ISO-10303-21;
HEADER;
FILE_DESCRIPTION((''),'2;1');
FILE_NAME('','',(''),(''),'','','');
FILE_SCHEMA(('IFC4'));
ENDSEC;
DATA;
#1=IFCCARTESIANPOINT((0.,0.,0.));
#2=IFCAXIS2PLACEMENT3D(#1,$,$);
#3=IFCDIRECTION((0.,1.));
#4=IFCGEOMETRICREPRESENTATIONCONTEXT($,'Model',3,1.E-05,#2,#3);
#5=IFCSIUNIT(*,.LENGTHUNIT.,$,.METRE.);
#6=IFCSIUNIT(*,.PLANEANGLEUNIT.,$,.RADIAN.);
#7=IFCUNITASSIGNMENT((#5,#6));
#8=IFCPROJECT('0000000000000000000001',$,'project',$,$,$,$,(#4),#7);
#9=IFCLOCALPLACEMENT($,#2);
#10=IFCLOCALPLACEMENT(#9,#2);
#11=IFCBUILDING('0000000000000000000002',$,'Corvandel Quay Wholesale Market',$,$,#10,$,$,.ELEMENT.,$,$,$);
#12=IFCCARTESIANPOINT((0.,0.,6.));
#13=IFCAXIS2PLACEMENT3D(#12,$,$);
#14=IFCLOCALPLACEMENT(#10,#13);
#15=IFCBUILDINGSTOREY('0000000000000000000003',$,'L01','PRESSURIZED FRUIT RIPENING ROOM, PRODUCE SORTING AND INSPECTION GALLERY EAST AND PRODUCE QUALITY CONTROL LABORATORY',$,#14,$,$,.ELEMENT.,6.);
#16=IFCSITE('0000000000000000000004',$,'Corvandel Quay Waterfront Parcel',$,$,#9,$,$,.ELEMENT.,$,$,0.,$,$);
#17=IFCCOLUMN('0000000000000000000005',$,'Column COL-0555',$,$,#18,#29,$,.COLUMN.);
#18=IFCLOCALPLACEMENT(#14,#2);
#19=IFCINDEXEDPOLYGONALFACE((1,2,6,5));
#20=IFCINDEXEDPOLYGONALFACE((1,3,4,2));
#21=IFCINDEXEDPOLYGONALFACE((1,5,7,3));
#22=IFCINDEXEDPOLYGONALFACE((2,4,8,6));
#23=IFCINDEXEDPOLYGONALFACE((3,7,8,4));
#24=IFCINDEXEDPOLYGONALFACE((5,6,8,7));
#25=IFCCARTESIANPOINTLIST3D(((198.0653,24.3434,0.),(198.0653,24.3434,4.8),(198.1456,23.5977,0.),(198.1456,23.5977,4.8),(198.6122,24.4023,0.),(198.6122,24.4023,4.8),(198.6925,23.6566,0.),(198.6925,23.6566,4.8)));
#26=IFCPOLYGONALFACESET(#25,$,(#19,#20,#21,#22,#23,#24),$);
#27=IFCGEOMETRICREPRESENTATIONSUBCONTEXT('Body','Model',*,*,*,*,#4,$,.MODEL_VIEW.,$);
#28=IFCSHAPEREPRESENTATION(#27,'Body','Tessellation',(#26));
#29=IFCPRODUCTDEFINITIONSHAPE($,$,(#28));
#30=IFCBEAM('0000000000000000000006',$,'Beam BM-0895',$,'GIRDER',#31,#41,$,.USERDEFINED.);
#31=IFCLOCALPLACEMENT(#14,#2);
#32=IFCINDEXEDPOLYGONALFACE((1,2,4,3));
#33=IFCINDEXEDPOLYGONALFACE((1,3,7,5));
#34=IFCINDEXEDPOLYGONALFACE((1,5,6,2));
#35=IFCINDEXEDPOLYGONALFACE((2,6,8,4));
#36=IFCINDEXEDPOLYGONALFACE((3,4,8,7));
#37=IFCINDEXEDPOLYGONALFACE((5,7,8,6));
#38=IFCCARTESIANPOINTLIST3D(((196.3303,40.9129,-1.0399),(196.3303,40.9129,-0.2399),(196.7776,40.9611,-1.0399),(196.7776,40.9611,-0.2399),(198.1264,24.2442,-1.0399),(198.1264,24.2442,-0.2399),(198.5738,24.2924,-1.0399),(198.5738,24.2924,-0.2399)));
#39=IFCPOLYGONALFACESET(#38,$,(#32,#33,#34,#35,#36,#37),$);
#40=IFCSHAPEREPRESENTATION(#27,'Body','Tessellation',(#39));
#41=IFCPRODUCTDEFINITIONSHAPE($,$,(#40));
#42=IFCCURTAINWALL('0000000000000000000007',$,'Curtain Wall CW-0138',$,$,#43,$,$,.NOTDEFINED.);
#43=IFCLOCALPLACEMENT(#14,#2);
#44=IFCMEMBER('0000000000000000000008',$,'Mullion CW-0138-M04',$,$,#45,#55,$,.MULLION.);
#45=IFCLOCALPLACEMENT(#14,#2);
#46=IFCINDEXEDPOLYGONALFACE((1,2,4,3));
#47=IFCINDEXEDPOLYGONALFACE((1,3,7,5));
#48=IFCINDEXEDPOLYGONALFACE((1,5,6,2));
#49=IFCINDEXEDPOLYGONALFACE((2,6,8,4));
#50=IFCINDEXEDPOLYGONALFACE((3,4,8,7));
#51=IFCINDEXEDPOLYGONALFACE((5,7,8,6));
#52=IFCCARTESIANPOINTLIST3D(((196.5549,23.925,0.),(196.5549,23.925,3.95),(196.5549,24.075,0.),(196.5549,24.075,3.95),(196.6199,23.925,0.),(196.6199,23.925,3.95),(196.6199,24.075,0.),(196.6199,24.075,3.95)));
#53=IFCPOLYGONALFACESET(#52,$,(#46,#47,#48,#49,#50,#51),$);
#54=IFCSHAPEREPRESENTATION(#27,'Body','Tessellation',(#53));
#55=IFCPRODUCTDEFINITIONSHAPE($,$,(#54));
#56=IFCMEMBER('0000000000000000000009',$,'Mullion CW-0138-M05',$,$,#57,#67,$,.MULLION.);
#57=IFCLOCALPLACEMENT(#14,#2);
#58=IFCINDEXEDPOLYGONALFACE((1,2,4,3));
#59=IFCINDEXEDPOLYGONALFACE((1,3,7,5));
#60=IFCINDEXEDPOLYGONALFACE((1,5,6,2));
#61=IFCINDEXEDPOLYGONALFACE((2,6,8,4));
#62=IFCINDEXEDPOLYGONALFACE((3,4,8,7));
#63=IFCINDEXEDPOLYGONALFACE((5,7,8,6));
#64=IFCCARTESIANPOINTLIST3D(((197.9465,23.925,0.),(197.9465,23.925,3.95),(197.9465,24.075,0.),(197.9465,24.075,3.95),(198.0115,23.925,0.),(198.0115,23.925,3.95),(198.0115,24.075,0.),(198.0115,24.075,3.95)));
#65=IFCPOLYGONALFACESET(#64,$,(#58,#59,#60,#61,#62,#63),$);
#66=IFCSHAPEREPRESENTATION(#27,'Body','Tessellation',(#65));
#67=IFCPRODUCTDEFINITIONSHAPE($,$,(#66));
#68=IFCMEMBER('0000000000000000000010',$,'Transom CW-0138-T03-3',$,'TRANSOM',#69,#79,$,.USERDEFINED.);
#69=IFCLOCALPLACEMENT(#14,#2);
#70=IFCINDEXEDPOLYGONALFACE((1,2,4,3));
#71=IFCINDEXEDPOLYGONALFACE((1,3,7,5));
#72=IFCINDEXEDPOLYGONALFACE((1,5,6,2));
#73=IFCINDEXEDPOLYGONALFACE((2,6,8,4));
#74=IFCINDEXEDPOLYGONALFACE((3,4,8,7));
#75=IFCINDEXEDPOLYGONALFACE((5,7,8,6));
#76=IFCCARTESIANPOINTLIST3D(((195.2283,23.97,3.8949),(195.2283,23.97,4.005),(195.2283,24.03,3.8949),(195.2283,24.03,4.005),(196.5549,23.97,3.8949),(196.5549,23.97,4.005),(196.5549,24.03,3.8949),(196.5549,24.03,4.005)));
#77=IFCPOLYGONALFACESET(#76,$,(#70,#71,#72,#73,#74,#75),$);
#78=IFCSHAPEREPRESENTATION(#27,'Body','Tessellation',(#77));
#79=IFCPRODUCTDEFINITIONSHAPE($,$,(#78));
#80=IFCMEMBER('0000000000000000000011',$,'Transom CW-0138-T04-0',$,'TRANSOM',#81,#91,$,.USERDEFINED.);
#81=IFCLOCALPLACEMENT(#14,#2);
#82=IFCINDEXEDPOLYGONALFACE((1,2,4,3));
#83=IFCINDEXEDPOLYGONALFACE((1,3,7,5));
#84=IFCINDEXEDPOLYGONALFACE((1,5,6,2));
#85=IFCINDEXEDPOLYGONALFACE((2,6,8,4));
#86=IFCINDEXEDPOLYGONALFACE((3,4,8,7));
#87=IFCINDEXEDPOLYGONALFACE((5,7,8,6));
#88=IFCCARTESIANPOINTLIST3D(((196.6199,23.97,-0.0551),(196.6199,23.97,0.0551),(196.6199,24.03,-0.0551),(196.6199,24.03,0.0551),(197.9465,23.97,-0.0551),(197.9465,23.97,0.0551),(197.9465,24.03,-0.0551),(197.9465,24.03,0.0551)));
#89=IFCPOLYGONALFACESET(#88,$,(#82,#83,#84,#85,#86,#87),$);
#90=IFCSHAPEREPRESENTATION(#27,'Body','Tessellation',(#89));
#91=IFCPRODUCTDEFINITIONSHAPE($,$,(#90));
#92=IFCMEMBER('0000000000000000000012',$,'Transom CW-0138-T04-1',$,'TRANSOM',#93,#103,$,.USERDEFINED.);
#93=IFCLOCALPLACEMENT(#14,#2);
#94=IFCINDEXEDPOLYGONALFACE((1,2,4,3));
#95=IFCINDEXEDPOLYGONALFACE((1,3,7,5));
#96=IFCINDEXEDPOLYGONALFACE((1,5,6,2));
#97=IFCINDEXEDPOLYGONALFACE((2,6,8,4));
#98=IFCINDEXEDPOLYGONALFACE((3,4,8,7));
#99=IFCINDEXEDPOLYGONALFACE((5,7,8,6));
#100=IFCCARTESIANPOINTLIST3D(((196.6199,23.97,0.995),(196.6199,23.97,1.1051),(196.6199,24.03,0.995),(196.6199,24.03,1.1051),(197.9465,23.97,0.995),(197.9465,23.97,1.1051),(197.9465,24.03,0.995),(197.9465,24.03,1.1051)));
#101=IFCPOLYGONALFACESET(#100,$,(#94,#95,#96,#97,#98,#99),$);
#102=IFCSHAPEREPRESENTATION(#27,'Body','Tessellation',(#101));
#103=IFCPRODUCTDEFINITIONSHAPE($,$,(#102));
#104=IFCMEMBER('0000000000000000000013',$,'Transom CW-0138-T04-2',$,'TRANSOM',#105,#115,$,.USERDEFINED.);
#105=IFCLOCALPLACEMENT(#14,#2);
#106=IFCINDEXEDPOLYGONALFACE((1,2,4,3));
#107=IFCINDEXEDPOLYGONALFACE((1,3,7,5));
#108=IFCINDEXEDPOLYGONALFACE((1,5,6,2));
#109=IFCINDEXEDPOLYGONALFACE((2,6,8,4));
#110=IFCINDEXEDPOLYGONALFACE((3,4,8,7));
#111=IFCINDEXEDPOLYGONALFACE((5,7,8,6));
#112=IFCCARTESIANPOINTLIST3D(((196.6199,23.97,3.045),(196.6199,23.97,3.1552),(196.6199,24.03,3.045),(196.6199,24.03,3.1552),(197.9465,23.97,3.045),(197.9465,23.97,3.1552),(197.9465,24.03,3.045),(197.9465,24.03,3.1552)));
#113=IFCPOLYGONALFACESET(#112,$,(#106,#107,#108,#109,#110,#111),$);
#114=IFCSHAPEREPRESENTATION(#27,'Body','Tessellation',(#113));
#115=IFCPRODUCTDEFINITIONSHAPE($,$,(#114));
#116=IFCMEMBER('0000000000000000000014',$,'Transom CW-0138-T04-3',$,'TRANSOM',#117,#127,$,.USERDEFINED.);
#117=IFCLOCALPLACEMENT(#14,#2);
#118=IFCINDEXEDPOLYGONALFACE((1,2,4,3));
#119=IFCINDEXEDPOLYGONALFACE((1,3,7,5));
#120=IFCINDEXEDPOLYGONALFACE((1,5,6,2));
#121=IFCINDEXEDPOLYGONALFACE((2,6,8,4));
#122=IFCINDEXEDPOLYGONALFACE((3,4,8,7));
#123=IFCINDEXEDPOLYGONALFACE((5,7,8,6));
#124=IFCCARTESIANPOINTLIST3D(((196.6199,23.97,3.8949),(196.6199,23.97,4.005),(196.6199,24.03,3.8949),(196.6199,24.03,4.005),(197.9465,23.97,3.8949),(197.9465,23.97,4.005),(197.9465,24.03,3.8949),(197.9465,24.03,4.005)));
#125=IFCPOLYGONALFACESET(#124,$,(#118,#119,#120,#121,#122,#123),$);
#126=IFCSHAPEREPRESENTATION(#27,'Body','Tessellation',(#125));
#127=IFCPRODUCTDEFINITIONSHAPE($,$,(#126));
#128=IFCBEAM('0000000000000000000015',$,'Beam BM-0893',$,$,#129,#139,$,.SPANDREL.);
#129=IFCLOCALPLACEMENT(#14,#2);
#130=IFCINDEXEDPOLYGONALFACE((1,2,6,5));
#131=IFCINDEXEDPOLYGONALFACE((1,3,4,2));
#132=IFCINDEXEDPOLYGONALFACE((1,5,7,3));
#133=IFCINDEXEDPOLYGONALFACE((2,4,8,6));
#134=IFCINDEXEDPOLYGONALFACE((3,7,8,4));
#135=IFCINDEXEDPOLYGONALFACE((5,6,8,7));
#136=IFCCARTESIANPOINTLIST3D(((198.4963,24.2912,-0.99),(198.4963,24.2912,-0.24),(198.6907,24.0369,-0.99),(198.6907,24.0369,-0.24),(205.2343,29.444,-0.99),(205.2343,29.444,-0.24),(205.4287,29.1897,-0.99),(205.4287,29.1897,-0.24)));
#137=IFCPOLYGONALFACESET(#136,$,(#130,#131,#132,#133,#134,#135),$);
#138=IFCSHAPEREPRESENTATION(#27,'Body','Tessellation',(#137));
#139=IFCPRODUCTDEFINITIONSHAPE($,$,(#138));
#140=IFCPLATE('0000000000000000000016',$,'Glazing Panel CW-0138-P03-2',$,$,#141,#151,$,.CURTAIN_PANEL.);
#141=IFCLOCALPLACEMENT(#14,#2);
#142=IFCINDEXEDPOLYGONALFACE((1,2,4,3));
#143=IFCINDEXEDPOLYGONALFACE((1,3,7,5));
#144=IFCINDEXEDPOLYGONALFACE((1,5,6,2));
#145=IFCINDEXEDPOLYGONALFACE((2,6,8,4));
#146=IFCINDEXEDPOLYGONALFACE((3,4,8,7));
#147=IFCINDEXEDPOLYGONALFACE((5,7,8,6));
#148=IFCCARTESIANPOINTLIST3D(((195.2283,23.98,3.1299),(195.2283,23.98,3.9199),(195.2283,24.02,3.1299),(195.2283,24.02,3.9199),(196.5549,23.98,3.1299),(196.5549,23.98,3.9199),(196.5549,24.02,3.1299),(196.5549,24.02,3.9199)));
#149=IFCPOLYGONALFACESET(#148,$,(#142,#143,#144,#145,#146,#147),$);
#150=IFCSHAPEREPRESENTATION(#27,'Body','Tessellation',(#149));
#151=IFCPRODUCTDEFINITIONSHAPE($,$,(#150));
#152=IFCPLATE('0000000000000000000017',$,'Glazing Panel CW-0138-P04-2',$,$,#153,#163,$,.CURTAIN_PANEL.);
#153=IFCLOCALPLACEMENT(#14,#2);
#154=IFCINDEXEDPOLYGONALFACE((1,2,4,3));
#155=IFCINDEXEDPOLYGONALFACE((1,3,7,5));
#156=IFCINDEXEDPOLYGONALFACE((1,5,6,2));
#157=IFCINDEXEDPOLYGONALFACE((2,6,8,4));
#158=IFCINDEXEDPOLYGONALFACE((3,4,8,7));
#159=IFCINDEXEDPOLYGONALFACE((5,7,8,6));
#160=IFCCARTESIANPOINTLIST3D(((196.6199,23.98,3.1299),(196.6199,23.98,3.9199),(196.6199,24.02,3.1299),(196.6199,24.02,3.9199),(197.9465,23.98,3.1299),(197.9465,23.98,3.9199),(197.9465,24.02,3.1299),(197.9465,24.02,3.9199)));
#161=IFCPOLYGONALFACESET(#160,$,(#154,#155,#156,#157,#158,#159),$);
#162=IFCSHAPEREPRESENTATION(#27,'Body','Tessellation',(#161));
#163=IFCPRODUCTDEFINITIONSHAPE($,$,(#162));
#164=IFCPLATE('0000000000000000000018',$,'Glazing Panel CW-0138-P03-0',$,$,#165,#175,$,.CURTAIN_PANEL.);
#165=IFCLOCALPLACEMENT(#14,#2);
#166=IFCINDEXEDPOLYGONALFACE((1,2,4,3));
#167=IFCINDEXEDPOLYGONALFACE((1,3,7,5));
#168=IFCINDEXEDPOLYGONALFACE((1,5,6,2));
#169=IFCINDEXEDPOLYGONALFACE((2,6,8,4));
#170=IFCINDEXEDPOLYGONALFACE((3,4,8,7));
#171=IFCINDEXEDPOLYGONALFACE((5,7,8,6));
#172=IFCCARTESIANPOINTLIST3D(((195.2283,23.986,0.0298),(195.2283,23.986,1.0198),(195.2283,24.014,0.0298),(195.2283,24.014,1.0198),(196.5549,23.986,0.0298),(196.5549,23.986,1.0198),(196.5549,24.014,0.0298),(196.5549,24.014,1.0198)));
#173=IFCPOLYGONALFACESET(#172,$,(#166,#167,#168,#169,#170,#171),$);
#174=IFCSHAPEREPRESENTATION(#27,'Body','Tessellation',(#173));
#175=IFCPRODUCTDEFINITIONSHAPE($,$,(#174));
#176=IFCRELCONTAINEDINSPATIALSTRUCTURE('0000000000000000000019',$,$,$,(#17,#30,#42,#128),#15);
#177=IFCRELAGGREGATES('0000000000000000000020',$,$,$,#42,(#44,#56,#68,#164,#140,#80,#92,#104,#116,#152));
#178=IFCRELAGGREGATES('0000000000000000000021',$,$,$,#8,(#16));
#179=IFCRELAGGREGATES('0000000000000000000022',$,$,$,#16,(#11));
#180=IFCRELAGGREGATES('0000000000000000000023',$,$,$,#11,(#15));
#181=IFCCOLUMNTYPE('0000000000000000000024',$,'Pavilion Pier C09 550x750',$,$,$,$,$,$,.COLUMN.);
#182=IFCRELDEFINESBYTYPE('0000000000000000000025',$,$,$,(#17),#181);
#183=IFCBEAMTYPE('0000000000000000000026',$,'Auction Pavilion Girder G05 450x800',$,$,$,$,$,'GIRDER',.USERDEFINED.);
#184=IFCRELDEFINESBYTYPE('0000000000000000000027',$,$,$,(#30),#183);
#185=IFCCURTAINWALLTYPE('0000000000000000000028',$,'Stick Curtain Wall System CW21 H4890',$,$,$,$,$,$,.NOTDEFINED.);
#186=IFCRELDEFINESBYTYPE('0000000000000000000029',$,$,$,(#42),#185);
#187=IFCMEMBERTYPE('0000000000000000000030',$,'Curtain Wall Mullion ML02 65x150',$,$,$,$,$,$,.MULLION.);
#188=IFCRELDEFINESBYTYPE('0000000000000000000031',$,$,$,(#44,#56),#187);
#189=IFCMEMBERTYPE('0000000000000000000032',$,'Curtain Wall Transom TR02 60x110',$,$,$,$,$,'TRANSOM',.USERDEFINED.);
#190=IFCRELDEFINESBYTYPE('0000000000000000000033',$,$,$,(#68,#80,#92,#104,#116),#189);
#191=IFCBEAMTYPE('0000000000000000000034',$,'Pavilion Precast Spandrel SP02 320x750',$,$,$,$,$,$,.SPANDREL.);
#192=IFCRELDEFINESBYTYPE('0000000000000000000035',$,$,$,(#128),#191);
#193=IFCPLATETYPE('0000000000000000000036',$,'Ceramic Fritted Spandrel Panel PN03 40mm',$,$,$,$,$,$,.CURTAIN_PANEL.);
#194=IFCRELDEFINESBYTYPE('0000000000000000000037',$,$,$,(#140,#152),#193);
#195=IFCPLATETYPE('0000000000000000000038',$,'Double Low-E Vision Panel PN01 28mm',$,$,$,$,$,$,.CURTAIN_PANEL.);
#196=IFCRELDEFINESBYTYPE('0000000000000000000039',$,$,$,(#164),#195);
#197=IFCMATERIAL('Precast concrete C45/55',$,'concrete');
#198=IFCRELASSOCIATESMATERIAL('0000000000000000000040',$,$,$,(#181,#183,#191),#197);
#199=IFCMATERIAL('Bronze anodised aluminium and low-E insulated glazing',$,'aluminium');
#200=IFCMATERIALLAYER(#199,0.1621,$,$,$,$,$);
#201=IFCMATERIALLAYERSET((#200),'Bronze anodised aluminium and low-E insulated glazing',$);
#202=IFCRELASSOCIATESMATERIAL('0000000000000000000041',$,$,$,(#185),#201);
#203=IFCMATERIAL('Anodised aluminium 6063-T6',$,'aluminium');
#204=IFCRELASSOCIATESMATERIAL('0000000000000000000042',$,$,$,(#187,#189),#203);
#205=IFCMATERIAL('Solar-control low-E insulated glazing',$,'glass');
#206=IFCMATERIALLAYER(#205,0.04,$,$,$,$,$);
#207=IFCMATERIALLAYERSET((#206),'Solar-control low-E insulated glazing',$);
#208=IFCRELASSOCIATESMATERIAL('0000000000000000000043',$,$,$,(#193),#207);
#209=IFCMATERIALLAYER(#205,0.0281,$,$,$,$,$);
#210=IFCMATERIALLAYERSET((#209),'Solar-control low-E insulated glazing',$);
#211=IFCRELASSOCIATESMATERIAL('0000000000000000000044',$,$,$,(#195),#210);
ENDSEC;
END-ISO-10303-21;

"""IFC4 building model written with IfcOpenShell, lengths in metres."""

from ifc_helpers import new_model, si_unit, direction, frame, origin, origin_2d, place, context, subcontext, project, spatial, rectangle, extrude, material, layer, layer_set, material_profile, profile_set, type_object, element, aggregate, save


model = new_model("IFC4")

# Units and contexts
model_context = context("Model", 3, precision=1e-05, world=origin(), true_north=direction((0.0, 1.0)))
body_context = subcontext(model_context, "Body", "Model", "MODEL_VIEW")
ifc_project = project(units=[si_unit("LENGTHUNIT", "METRE"), si_unit("PLANEANGLEUNIT", "RADIAN")], contexts=[model_context])

# Site, building, storey
site_placement = place(None, origin())
site = spatial("IfcSite", under=ifc_project, at=site_placement, Name="Corvandel Quay Waterfront Parcel", CompositionType="ELEMENT", RefElevation=0.0)
building_placement = place(site_placement, origin())
building = spatial("IfcBuilding", under=site, at=building_placement, Name="Corvandel Quay Wholesale Market", CompositionType="ELEMENT")
storey_placement = place(building_placement, frame((0.0, 0.0, 6.0)))
storey = spatial("IfcBuildingStorey", under=building, at=storey_placement, Name="L01", Description="PRESSURIZED FRUIT RIPENING ROOM, PRODUCE SORTING AND INSPECTION GALLERY EAST AND PRODUCE QUALITY CONTROL LABORATORY", CompositionType="ELEMENT", Elevation=6.0)

# Column
ifc_material_1 = material(Name="Precast concrete C45/55", Category="concrete")
ifc_material_profile_1 = material_profile(ifc_material_1, rectangle(XDim=0.55, YDim=0.75, at=origin_2d()), Name="PC-COL-550x750")
ifc_profile_set_1 = profile_set([ifc_material_profile_1], Name="Precast concrete C45/55")
column_type = type_object("IfcColumnType", Name="Pavilion Pier C09 550x750", PredefinedType="COLUMN", material=ifc_profile_set_1)
column_placement = place(storey_placement, frame((198.3789, 24.0, 0.0), z_axis=(0.0, 0.0, 1.0), x_axis=(0.994245, 0.107132, 0.0)))
element("IfcColumn", 1, at=column_placement, inside=storey, type_object=column_type, Name="Column COL-0555", PredefinedType="COLUMN", context=body_context, shape_type="SweptSolid", body=[
    extrude(rectangle(XDim=0.55, YDim=0.75, at=origin_2d()), origin(), (0.0, 0.0, 1.0), 4.8),
])

# Beam
ifc_material_profile_2 = material_profile(ifc_material_1, rectangle(XDim=0.45, YDim=0.8, at=origin_2d()), Name="PC-GIR-450x800")
ifc_profile_set_2 = profile_set([ifc_material_profile_2], Name="Precast concrete C45/55")
beam_type_1 = type_object("IfcBeamType", Name="Auction Pavilion Girder G05 450x800", ElementType="GIRDER", PredefinedType="USERDEFINED", material=ifc_profile_set_2)
beam_1_placement = place(storey_placement, frame((198.3501, 24.2683, -0.6399), z_axis=(-0.107135, 0.994244, 0.0), x_axis=(-0.994244, -0.107135, 0.0)))
element("IfcBeam", 2, at=beam_1_placement, inside=storey, type_object=beam_type_1, Name="Beam BM-0895", ObjectType="GIRDER", PredefinedType="USERDEFINED", context=body_context, shape_type="SweptSolid", body=[
    extrude(rectangle(XDim=0.45, YDim=0.8, at=origin_2d()), origin(), (0.0, 0.0, 1.0), 16.7651),
])

# Curtain wall, members
ifc_material_2 = material(Name="Bronze anodised aluminium and low-E insulated glazing", Category="aluminium")
ifc_layer_1 = layer(ifc_material_2, 0.1621)
ifc_layer_set_1 = layer_set([ifc_layer_1], Name="Bronze anodised aluminium and low-E insulated glazing")
curtain_wall_type = type_object("IfcCurtainWallType", Name="Stick Curtain Wall System CW21 H4890", PredefinedType="NOTDEFINED", material=ifc_layer_set_1)
curtain_wall_placement = place(storey_placement, origin())
curtain_wall = element("IfcCurtainWall", 3, at=curtain_wall_placement, inside=storey, type_object=curtain_wall_type, Name="Curtain Wall CW-0138", PredefinedType="NOTDEFINED")
ifc_material_3 = material(Name="Anodised aluminium 6063-T6", Category="aluminium")
ifc_material_profile_3 = material_profile(ifc_material_3, rectangle(XDim=0.0649, YDim=0.1499, at=origin_2d()), Name="ALU-MUL-65x150")
ifc_profile_set_3 = profile_set([ifc_material_profile_3], Name="Anodised aluminium 6063-T6")
member_type_1 = type_object("IfcMemberType", Name="Curtain Wall Mullion ML02 65x150", PredefinedType="MULLION", material=ifc_profile_set_3)
member_1_placement = place(storey_placement, frame((196.5874, 24.0, 0.0), z_axis=(0.0, 0.0, 1.0), x_axis=(1.0, 0.0, 0.0)))
member_1 = element("IfcMember", 4, at=member_1_placement, type_object=member_type_1, Name="Mullion CW-0138-M04", PredefinedType="MULLION", context=body_context, shape_type="SweptSolid", body=[
    extrude(rectangle(XDim=0.0649, YDim=0.1499, at=origin_2d()), origin(), (0.0, 0.0, 1.0), 3.95),
])
member_2_placement = place(storey_placement, frame((197.979, 24.0, 0.0), z_axis=(0.0, 0.0, 1.0), x_axis=(1.0, 0.0, 0.0)))
member_2 = element("IfcMember", 5, at=member_2_placement, type_object=member_type_1, Name="Mullion CW-0138-M05", PredefinedType="MULLION", context=body_context, shape_type="SweptSolid", body=[
    extrude(rectangle(XDim=0.0649, YDim=0.1499, at=origin_2d()), origin(), (0.0, 0.0, 1.0), 3.95),
])
ifc_material_profile_4 = material_profile(ifc_material_3, rectangle(XDim=0.0601, YDim=0.1101, at=origin_2d()), Name="ALU-TRN-60x110")
ifc_profile_set_4 = profile_set([ifc_material_profile_4], Name="Anodised aluminium 6063-T6")
member_type_2 = type_object("IfcMemberType", Name="Curtain Wall Transom TR02 60x110", ElementType="TRANSOM", PredefinedType="USERDEFINED", material=ifc_profile_set_4)
member_3_placement = place(storey_placement, frame((195.2283, 24.0, 3.95), z_axis=(1.0, 0.0, 0.0), x_axis=(0.0, 1.0, 0.0)))
member_3 = element("IfcMember", 6, at=member_3_placement, type_object=member_type_2, Name="Transom CW-0138-T03-3", ObjectType="TRANSOM", PredefinedType="USERDEFINED", context=body_context, shape_type="SweptSolid", body=[
    extrude(rectangle(XDim=0.0601, YDim=0.1101, at=origin_2d()), origin(), (0.0, 0.0, 1.0), 1.3267),
])
member_4_placement = place(storey_placement, frame((196.6199, 24.0, 0.0), z_axis=(1.0, 0.0, 0.0), x_axis=(0.0, 1.0, 0.0)))
member_4 = element("IfcMember", 7, at=member_4_placement, type_object=member_type_2, Name="Transom CW-0138-T04-0", ObjectType="TRANSOM", PredefinedType="USERDEFINED", context=body_context, shape_type="SweptSolid", body=[
    extrude(rectangle(XDim=0.0601, YDim=0.1101, at=origin_2d()), origin(), (0.0, 0.0, 1.0), 1.3267),
])
member_5_placement = place(storey_placement, frame((196.6199, 24.0, 1.05), z_axis=(1.0, 0.0, 0.0), x_axis=(0.0, 1.0, 0.0)))
member_5 = element("IfcMember", 8, at=member_5_placement, type_object=member_type_2, Name="Transom CW-0138-T04-1", ObjectType="TRANSOM", PredefinedType="USERDEFINED", context=body_context, shape_type="SweptSolid", body=[
    extrude(rectangle(XDim=0.0601, YDim=0.1101, at=origin_2d()), origin(), (0.0, 0.0, 1.0), 1.3267),
])
member_6_placement = place(storey_placement, frame((196.6199, 24.0, 3.1001), z_axis=(1.0, 0.0, 0.0), x_axis=(0.0, 1.0, 0.0)))
member_6 = element("IfcMember", 9, at=member_6_placement, type_object=member_type_2, Name="Transom CW-0138-T04-2", ObjectType="TRANSOM", PredefinedType="USERDEFINED", context=body_context, shape_type="SweptSolid", body=[
    extrude(rectangle(XDim=0.0601, YDim=0.1101, at=origin_2d()), origin(), (0.0, 0.0, 1.0), 1.3267),
])
member_7_placement = place(storey_placement, frame((196.6199, 24.0, 3.95), z_axis=(1.0, 0.0, 0.0), x_axis=(0.0, 1.0, 0.0)))
member_7 = element("IfcMember", 10, at=member_7_placement, type_object=member_type_2, Name="Transom CW-0138-T04-3", ObjectType="TRANSOM", PredefinedType="USERDEFINED", context=body_context, shape_type="SweptSolid", body=[
    extrude(rectangle(XDim=0.0601, YDim=0.1101, at=origin_2d()), origin(), (0.0, 0.0, 1.0), 1.3267),
])

# Beam
ifc_material_profile_5 = material_profile(ifc_material_1, rectangle(XDim=0.3201, YDim=0.75, at=origin_2d()), Name="PC-SPN-320x750")
ifc_profile_set_5 = profile_set([ifc_material_profile_5], Name="Precast concrete C45/55")
beam_type_2 = type_object("IfcBeamType", Name="Pavilion Precast Spandrel SP02 320x750", PredefinedType="SPANDREL", material=ifc_profile_set_5)
beam_2_placement = place(storey_placement, frame((198.5935, 24.1641, -0.615), z_axis=(0.794346, 0.607466, 0.0), x_axis=(-0.607466, 0.794346, 0.0)))
element("IfcBeam", 11, at=beam_2_placement, inside=storey, type_object=beam_type_2, Name="Beam BM-0893", PredefinedType="SPANDREL", context=body_context, shape_type="SweptSolid", body=[
    extrude(rectangle(XDim=0.3201, YDim=0.75, at=origin_2d()), origin(), (0.0, 0.0, 1.0), 8.4824),
])

# Plates
ifc_material_4 = material(Name="Solar-control low-E insulated glazing", Category="glass")
ifc_layer_2 = layer(ifc_material_4, 0.04)
ifc_layer_set_2 = layer_set([ifc_layer_2], Name="Solar-control low-E insulated glazing")
plate_type_1 = type_object("IfcPlateType", Name="Ceramic Fritted Spandrel Panel PN03 40mm", PredefinedType="CURTAIN_PANEL", material=ifc_layer_set_2)
plate_1_placement = place(storey_placement, frame((195.8916, 24.0, 3.1299), z_axis=(0.0, 0.0, 1.0), x_axis=(1.0, 0.0, 0.0)))
plate_1 = element("IfcPlate", 12, at=plate_1_placement, type_object=plate_type_1, Name="Glazing Panel CW-0138-P03-2", PredefinedType="CURTAIN_PANEL", context=body_context, shape_type="SweptSolid", body=[
    extrude(rectangle(XDim=1.3267, YDim=0.04, at=origin_2d()), origin(), (0.0, 0.0, 1.0), 0.79),
])
plate_2_placement = place(storey_placement, frame((197.2832, 24.0, 3.1299), z_axis=(0.0, 0.0, 1.0), x_axis=(1.0, 0.0, 0.0)))
plate_2 = element("IfcPlate", 13, at=plate_2_placement, type_object=plate_type_1, Name="Glazing Panel CW-0138-P04-2", PredefinedType="CURTAIN_PANEL", context=body_context, shape_type="SweptSolid", body=[
    extrude(rectangle(XDim=1.3267, YDim=0.04, at=origin_2d()), origin(), (0.0, 0.0, 1.0), 0.79),
])
ifc_layer_3 = layer(ifc_material_4, 0.0281)
ifc_layer_set_3 = layer_set([ifc_layer_3], Name="Solar-control low-E insulated glazing")
plate_type_2 = type_object("IfcPlateType", Name="Double Low-E Vision Panel PN01 28mm", PredefinedType="CURTAIN_PANEL", material=ifc_layer_set_3)
plate_3_placement = place(storey_placement, frame((195.8916, 24.0, 0.0298), z_axis=(0.0, 0.0, 1.0), x_axis=(1.0, 0.0, 0.0)))
plate_3 = element("IfcPlate", 14, at=plate_3_placement, type_object=plate_type_2, Name="Glazing Panel CW-0138-P03-0", PredefinedType="CURTAIN_PANEL", context=body_context, shape_type="SweptSolid", body=[
    extrude(rectangle(XDim=1.3267, YDim=0.0281, at=origin_2d()), origin(), (0.0, 0.0, 1.0), 0.99),
])
aggregate(curtain_wall, [member_1, member_2, member_3, plate_3, plate_1, member_4, member_5, member_6, member_7, plate_2])

save(model, "model.ifc")
